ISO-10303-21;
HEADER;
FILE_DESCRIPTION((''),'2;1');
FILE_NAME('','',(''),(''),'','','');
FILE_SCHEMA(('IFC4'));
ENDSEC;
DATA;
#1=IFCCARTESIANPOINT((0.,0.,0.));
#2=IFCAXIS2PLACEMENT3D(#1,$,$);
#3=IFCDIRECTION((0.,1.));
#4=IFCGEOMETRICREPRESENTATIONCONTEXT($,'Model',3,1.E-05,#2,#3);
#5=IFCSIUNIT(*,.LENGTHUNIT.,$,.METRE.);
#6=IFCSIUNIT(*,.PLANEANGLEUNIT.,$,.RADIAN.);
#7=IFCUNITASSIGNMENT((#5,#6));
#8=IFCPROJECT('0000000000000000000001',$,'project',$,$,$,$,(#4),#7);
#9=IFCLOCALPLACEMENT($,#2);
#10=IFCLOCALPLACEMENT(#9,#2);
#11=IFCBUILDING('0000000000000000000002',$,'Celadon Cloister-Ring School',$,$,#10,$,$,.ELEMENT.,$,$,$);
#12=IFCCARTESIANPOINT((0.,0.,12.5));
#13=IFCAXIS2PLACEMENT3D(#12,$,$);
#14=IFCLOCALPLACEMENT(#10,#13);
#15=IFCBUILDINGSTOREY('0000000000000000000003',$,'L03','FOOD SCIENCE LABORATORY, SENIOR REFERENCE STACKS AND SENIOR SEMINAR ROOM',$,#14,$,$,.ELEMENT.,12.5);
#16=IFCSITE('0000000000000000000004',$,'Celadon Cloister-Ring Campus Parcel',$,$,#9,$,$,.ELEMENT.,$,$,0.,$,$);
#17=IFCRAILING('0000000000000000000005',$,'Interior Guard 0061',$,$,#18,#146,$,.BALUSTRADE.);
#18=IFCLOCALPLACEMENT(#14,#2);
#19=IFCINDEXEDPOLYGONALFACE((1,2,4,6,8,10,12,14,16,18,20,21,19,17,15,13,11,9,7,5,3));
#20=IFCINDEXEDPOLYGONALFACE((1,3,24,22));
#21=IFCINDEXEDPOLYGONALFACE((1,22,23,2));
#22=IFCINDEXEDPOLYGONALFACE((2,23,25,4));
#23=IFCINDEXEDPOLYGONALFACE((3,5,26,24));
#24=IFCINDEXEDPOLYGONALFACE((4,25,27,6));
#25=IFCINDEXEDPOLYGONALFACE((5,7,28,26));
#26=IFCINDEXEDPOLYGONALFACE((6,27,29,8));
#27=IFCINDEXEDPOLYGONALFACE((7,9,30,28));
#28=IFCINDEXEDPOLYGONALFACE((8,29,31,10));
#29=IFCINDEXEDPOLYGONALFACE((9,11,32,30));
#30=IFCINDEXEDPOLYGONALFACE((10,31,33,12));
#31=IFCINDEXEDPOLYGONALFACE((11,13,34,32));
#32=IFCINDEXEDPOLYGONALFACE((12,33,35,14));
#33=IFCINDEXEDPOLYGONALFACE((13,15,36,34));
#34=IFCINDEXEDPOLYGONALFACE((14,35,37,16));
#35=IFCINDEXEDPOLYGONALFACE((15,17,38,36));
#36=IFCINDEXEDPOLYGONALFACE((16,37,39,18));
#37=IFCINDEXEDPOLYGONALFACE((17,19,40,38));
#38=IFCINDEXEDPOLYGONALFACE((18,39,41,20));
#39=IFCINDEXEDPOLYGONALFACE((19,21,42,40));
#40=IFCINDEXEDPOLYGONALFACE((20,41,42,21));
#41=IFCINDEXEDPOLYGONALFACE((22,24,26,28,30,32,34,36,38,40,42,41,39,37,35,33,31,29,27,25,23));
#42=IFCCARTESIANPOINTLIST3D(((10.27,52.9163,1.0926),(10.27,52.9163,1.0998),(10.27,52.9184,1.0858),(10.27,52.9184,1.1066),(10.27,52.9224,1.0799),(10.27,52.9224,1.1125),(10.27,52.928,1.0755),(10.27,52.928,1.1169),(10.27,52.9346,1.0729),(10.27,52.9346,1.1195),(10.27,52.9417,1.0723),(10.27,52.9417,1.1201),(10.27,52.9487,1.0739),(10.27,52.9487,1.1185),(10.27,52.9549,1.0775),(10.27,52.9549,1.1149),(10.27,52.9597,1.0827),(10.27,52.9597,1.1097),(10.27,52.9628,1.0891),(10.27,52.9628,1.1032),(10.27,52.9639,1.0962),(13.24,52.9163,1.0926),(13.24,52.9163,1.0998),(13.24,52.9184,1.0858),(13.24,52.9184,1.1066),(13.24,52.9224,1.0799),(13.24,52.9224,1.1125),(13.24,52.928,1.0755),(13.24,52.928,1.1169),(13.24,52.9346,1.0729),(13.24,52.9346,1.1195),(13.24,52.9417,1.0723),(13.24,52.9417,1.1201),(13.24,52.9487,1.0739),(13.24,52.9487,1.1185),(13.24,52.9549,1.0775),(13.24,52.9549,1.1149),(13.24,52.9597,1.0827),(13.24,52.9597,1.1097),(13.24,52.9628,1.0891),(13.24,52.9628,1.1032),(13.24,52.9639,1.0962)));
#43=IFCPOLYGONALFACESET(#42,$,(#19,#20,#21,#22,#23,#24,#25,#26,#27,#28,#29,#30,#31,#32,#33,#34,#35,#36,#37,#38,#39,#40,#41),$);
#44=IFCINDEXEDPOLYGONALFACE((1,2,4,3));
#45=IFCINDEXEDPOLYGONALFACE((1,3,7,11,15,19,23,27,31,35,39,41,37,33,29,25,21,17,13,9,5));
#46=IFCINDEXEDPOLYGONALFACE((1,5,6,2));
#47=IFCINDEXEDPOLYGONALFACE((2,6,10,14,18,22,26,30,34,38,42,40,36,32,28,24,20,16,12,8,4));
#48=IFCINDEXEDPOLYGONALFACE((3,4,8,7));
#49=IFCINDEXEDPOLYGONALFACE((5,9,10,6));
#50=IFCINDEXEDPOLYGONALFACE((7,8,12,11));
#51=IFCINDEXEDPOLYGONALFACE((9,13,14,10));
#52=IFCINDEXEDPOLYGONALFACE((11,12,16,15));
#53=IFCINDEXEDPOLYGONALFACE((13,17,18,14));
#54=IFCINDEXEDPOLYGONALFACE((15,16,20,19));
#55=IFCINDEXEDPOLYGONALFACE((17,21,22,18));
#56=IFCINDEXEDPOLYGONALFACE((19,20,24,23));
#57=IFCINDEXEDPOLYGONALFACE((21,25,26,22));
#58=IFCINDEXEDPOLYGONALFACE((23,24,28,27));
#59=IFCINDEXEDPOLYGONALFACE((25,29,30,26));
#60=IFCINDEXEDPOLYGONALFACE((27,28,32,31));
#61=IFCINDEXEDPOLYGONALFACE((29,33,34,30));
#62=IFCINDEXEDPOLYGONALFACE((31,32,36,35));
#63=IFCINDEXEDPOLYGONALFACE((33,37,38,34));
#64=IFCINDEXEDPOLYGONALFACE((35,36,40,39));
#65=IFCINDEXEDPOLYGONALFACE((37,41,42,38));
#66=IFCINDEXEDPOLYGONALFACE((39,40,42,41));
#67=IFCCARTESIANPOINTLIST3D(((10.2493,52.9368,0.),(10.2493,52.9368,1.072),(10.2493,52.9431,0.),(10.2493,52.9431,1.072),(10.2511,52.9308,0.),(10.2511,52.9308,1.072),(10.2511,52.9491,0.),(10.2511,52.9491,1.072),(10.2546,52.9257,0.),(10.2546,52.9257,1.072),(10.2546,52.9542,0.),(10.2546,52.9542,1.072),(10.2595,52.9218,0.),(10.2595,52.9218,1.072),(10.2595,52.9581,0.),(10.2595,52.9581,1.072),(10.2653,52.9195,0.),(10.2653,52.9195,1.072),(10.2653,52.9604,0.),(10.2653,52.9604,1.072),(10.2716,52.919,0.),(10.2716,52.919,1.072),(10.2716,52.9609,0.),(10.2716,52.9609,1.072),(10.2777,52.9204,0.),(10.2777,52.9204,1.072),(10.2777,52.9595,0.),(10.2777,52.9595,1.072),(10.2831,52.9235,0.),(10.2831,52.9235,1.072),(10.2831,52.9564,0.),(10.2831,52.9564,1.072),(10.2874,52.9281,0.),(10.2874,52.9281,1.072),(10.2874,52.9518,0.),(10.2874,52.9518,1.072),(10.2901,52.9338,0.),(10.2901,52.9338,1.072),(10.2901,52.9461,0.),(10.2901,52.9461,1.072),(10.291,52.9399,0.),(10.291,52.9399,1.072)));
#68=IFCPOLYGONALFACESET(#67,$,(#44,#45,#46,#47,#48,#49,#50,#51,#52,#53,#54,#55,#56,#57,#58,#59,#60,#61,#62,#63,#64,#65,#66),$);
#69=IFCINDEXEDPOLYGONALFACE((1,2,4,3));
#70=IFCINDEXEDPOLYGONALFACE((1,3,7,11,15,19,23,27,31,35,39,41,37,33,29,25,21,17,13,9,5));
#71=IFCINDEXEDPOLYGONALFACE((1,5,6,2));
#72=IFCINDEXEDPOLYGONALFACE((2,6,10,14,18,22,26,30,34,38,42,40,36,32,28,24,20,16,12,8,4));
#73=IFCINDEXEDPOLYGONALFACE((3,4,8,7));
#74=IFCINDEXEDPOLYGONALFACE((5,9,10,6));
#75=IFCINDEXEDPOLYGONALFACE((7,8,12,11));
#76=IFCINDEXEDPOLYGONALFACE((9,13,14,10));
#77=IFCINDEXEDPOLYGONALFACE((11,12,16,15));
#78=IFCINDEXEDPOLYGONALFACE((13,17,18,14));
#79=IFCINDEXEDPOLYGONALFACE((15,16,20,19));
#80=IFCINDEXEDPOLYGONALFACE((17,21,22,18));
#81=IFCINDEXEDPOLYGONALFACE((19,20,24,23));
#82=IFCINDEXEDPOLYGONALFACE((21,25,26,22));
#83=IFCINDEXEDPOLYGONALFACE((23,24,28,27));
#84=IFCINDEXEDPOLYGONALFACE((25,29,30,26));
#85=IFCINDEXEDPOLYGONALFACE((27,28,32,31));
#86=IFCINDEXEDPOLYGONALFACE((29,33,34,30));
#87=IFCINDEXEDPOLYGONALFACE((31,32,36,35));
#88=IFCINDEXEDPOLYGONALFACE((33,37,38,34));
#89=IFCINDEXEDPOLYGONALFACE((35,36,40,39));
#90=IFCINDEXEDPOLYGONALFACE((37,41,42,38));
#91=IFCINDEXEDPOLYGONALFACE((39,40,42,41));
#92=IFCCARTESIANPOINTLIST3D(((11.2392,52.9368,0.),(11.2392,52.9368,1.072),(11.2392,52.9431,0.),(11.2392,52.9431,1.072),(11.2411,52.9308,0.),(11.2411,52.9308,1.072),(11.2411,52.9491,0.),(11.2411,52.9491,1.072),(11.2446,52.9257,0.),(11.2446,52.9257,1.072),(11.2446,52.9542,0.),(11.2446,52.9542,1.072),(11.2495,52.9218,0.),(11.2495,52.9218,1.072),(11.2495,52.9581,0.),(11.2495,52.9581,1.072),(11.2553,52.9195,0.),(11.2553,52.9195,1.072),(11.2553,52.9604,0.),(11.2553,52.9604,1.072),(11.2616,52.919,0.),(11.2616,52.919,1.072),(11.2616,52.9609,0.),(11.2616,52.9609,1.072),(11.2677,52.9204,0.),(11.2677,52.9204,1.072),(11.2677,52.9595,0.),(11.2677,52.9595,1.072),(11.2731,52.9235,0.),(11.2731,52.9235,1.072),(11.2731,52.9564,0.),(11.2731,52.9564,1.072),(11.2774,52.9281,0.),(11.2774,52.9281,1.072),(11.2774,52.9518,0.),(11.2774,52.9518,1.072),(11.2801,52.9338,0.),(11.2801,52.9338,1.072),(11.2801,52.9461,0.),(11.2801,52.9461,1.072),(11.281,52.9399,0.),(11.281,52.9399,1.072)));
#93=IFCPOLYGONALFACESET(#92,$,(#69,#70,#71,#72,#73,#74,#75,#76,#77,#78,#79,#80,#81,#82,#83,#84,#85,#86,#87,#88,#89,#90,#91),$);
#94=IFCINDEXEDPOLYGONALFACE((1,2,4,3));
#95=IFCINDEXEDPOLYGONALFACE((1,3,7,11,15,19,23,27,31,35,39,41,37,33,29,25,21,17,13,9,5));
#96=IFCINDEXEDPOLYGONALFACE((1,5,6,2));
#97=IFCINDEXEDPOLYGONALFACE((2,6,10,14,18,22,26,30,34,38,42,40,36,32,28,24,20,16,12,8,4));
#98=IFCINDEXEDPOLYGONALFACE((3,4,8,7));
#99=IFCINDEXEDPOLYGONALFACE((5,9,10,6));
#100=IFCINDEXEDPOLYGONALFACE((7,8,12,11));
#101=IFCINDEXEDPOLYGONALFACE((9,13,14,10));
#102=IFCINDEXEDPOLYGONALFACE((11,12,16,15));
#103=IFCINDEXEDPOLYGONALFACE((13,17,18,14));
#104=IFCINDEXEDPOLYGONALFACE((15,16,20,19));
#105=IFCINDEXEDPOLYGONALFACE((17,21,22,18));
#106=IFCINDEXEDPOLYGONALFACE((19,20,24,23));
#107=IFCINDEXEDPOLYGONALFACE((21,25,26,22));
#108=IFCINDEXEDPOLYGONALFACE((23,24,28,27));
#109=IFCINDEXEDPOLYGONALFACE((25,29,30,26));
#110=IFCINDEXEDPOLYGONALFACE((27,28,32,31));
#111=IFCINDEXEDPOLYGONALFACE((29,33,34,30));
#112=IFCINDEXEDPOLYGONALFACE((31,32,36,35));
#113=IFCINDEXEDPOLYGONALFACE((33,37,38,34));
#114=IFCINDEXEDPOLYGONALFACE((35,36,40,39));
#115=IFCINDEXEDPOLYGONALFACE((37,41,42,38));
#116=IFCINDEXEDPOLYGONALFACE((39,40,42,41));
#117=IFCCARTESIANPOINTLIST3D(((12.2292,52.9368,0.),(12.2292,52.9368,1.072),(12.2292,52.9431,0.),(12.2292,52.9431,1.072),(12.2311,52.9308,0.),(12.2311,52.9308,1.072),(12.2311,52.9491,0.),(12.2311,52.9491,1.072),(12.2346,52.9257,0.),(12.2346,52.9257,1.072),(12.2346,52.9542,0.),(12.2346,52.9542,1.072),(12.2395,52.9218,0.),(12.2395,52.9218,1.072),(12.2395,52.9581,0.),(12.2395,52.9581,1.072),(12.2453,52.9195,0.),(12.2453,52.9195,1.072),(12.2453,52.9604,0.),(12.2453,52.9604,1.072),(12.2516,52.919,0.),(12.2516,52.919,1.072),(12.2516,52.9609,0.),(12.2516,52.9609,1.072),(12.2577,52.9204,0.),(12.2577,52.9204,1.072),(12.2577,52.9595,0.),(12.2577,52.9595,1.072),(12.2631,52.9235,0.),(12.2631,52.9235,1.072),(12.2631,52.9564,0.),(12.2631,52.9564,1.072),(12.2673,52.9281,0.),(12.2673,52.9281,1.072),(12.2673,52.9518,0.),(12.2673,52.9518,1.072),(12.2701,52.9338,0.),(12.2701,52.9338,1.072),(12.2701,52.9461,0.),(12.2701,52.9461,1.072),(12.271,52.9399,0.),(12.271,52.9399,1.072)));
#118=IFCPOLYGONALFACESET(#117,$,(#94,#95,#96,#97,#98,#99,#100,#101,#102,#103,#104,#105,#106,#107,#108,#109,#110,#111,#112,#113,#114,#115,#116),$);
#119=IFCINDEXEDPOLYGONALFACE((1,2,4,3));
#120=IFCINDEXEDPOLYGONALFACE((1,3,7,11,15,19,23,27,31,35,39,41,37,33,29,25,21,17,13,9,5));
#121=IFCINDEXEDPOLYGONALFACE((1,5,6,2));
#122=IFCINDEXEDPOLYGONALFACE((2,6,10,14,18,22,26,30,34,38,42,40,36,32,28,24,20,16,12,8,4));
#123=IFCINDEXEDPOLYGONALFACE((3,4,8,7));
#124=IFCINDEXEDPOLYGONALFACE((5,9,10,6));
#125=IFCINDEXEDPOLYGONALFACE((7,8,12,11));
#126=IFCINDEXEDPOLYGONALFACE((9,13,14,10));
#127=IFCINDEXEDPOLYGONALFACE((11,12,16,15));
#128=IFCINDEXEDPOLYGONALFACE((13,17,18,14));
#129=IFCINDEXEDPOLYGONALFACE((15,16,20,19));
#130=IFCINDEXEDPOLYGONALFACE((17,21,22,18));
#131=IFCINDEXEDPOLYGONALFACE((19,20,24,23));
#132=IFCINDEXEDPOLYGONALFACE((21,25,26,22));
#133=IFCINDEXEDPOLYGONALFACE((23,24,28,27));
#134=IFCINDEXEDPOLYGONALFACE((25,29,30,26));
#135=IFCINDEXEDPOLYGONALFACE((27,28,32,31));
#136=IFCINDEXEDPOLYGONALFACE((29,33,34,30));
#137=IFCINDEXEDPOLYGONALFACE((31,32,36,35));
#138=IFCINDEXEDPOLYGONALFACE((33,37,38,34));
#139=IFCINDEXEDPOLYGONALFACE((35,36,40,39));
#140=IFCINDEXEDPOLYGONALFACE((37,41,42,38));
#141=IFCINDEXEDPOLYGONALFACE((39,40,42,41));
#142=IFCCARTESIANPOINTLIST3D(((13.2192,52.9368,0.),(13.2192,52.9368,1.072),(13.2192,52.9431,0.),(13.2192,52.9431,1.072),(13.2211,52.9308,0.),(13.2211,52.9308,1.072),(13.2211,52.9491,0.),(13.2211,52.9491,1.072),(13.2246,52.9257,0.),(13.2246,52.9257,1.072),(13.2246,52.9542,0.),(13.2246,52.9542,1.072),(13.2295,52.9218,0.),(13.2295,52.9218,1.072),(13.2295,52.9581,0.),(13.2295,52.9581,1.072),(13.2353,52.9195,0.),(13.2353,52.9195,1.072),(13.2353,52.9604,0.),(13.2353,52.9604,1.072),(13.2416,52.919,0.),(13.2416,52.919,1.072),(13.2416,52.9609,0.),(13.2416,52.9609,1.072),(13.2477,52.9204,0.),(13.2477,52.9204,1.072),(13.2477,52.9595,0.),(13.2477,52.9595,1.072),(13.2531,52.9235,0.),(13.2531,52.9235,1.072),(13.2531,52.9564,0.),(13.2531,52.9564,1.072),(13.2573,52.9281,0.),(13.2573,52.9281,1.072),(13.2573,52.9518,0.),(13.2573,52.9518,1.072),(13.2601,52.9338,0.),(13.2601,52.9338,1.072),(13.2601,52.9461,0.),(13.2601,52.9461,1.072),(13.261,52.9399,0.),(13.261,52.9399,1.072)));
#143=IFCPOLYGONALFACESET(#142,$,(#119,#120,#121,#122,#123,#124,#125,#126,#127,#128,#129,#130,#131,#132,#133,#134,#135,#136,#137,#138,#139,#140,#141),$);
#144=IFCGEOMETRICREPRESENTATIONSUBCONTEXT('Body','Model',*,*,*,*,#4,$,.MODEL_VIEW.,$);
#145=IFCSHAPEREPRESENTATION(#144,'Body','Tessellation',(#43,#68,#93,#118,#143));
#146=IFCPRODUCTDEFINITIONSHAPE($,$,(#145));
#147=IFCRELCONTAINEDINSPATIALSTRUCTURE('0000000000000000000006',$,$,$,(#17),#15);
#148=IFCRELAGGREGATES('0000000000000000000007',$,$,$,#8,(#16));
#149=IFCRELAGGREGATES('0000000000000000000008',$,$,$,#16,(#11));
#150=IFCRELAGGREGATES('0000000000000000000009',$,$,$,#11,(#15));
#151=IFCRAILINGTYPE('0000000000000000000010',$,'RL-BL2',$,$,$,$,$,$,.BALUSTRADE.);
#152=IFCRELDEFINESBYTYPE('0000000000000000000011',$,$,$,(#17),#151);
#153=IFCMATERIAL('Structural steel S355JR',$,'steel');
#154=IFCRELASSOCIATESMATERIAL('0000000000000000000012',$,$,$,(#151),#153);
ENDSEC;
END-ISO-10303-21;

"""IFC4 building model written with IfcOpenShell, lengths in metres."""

from ifc_helpers import new_model, si_unit, direction, frame, origin, origin_2d, place, context, subcontext, project, spatial, circle, extrude, material, type_object, element, save


model = new_model("IFC4")

# Units and contexts
model_context = context("Model", 3, precision=1e-05, world=origin(), true_north=direction((0.0, 1.0)))
body_context = subcontext(model_context, "Body", "Model", "MODEL_VIEW")
ifc_project = project(units=[si_unit("LENGTHUNIT", "METRE"), si_unit("PLANEANGLEUNIT", "RADIAN")], contexts=[model_context])

# Site, building, storey
site_placement = place(None, origin())
site = spatial("IfcSite", under=ifc_project, at=site_placement, Name="Celadon Cloister-Ring Campus Parcel", CompositionType="ELEMENT", RefElevation=0.0)
building_placement = place(site_placement, origin())
building = spatial("IfcBuilding", under=site, at=building_placement, Name="Celadon Cloister-Ring School", CompositionType="ELEMENT")
storey_placement = place(building_placement, frame((0.0, 0.0, 12.5)))
storey = spatial("IfcBuildingStorey", under=building, at=storey_placement, Name="L03", Description="FOOD SCIENCE LABORATORY, SENIOR REFERENCE STACKS AND SENIOR SEMINAR ROOM", CompositionType="ELEMENT", Elevation=12.5)

# Railing
ifc_material_1 = material(Name="Structural steel S355JR", Category="steel")
railing_type_1 = type_object("IfcRailingType", Name="RL-BL2", PredefinedType="BALUSTRADE", material=ifc_material_1)
railing_1_placement = place(storey_placement, frame((10.27, 52.9399, 0.0)))
element("IfcRailing", 1, at=railing_1_placement, inside=storey, type_object=railing_type_1, Name="Interior Guard 0061", PredefinedType="BALUSTRADE", context=body_context, shape_type="SweptSolid", body=[
    extrude(circle(Radius=0.0239, at=origin_2d()), frame((0.0, 0.0, 1.0962), z_axis=(1.0, 0.0, 0.0), x_axis=(0.0, 1.0, 0.0)), (0.0, 0.0, 1.0), 2.97),
    extrude(circle(Radius=0.021, at=origin_2d()), origin(), (0.0, 0.0, 1.0), 1.072),
    extrude(circle(Radius=0.021, at=origin_2d()), frame((0.99, 0.0, 0.0)), (0.0, 0.0, 1.0), 1.072),
    extrude(circle(Radius=0.021, at=origin_2d()), frame((1.98, 0.0, 0.0)), (0.0, 0.0, 1.0), 1.072),
    extrude(circle(Radius=0.021, at=origin_2d()), frame((2.97, 0.0, 0.0)), (0.0, 0.0, 1.0), 1.072),
])

save(model, "model.ifc")
